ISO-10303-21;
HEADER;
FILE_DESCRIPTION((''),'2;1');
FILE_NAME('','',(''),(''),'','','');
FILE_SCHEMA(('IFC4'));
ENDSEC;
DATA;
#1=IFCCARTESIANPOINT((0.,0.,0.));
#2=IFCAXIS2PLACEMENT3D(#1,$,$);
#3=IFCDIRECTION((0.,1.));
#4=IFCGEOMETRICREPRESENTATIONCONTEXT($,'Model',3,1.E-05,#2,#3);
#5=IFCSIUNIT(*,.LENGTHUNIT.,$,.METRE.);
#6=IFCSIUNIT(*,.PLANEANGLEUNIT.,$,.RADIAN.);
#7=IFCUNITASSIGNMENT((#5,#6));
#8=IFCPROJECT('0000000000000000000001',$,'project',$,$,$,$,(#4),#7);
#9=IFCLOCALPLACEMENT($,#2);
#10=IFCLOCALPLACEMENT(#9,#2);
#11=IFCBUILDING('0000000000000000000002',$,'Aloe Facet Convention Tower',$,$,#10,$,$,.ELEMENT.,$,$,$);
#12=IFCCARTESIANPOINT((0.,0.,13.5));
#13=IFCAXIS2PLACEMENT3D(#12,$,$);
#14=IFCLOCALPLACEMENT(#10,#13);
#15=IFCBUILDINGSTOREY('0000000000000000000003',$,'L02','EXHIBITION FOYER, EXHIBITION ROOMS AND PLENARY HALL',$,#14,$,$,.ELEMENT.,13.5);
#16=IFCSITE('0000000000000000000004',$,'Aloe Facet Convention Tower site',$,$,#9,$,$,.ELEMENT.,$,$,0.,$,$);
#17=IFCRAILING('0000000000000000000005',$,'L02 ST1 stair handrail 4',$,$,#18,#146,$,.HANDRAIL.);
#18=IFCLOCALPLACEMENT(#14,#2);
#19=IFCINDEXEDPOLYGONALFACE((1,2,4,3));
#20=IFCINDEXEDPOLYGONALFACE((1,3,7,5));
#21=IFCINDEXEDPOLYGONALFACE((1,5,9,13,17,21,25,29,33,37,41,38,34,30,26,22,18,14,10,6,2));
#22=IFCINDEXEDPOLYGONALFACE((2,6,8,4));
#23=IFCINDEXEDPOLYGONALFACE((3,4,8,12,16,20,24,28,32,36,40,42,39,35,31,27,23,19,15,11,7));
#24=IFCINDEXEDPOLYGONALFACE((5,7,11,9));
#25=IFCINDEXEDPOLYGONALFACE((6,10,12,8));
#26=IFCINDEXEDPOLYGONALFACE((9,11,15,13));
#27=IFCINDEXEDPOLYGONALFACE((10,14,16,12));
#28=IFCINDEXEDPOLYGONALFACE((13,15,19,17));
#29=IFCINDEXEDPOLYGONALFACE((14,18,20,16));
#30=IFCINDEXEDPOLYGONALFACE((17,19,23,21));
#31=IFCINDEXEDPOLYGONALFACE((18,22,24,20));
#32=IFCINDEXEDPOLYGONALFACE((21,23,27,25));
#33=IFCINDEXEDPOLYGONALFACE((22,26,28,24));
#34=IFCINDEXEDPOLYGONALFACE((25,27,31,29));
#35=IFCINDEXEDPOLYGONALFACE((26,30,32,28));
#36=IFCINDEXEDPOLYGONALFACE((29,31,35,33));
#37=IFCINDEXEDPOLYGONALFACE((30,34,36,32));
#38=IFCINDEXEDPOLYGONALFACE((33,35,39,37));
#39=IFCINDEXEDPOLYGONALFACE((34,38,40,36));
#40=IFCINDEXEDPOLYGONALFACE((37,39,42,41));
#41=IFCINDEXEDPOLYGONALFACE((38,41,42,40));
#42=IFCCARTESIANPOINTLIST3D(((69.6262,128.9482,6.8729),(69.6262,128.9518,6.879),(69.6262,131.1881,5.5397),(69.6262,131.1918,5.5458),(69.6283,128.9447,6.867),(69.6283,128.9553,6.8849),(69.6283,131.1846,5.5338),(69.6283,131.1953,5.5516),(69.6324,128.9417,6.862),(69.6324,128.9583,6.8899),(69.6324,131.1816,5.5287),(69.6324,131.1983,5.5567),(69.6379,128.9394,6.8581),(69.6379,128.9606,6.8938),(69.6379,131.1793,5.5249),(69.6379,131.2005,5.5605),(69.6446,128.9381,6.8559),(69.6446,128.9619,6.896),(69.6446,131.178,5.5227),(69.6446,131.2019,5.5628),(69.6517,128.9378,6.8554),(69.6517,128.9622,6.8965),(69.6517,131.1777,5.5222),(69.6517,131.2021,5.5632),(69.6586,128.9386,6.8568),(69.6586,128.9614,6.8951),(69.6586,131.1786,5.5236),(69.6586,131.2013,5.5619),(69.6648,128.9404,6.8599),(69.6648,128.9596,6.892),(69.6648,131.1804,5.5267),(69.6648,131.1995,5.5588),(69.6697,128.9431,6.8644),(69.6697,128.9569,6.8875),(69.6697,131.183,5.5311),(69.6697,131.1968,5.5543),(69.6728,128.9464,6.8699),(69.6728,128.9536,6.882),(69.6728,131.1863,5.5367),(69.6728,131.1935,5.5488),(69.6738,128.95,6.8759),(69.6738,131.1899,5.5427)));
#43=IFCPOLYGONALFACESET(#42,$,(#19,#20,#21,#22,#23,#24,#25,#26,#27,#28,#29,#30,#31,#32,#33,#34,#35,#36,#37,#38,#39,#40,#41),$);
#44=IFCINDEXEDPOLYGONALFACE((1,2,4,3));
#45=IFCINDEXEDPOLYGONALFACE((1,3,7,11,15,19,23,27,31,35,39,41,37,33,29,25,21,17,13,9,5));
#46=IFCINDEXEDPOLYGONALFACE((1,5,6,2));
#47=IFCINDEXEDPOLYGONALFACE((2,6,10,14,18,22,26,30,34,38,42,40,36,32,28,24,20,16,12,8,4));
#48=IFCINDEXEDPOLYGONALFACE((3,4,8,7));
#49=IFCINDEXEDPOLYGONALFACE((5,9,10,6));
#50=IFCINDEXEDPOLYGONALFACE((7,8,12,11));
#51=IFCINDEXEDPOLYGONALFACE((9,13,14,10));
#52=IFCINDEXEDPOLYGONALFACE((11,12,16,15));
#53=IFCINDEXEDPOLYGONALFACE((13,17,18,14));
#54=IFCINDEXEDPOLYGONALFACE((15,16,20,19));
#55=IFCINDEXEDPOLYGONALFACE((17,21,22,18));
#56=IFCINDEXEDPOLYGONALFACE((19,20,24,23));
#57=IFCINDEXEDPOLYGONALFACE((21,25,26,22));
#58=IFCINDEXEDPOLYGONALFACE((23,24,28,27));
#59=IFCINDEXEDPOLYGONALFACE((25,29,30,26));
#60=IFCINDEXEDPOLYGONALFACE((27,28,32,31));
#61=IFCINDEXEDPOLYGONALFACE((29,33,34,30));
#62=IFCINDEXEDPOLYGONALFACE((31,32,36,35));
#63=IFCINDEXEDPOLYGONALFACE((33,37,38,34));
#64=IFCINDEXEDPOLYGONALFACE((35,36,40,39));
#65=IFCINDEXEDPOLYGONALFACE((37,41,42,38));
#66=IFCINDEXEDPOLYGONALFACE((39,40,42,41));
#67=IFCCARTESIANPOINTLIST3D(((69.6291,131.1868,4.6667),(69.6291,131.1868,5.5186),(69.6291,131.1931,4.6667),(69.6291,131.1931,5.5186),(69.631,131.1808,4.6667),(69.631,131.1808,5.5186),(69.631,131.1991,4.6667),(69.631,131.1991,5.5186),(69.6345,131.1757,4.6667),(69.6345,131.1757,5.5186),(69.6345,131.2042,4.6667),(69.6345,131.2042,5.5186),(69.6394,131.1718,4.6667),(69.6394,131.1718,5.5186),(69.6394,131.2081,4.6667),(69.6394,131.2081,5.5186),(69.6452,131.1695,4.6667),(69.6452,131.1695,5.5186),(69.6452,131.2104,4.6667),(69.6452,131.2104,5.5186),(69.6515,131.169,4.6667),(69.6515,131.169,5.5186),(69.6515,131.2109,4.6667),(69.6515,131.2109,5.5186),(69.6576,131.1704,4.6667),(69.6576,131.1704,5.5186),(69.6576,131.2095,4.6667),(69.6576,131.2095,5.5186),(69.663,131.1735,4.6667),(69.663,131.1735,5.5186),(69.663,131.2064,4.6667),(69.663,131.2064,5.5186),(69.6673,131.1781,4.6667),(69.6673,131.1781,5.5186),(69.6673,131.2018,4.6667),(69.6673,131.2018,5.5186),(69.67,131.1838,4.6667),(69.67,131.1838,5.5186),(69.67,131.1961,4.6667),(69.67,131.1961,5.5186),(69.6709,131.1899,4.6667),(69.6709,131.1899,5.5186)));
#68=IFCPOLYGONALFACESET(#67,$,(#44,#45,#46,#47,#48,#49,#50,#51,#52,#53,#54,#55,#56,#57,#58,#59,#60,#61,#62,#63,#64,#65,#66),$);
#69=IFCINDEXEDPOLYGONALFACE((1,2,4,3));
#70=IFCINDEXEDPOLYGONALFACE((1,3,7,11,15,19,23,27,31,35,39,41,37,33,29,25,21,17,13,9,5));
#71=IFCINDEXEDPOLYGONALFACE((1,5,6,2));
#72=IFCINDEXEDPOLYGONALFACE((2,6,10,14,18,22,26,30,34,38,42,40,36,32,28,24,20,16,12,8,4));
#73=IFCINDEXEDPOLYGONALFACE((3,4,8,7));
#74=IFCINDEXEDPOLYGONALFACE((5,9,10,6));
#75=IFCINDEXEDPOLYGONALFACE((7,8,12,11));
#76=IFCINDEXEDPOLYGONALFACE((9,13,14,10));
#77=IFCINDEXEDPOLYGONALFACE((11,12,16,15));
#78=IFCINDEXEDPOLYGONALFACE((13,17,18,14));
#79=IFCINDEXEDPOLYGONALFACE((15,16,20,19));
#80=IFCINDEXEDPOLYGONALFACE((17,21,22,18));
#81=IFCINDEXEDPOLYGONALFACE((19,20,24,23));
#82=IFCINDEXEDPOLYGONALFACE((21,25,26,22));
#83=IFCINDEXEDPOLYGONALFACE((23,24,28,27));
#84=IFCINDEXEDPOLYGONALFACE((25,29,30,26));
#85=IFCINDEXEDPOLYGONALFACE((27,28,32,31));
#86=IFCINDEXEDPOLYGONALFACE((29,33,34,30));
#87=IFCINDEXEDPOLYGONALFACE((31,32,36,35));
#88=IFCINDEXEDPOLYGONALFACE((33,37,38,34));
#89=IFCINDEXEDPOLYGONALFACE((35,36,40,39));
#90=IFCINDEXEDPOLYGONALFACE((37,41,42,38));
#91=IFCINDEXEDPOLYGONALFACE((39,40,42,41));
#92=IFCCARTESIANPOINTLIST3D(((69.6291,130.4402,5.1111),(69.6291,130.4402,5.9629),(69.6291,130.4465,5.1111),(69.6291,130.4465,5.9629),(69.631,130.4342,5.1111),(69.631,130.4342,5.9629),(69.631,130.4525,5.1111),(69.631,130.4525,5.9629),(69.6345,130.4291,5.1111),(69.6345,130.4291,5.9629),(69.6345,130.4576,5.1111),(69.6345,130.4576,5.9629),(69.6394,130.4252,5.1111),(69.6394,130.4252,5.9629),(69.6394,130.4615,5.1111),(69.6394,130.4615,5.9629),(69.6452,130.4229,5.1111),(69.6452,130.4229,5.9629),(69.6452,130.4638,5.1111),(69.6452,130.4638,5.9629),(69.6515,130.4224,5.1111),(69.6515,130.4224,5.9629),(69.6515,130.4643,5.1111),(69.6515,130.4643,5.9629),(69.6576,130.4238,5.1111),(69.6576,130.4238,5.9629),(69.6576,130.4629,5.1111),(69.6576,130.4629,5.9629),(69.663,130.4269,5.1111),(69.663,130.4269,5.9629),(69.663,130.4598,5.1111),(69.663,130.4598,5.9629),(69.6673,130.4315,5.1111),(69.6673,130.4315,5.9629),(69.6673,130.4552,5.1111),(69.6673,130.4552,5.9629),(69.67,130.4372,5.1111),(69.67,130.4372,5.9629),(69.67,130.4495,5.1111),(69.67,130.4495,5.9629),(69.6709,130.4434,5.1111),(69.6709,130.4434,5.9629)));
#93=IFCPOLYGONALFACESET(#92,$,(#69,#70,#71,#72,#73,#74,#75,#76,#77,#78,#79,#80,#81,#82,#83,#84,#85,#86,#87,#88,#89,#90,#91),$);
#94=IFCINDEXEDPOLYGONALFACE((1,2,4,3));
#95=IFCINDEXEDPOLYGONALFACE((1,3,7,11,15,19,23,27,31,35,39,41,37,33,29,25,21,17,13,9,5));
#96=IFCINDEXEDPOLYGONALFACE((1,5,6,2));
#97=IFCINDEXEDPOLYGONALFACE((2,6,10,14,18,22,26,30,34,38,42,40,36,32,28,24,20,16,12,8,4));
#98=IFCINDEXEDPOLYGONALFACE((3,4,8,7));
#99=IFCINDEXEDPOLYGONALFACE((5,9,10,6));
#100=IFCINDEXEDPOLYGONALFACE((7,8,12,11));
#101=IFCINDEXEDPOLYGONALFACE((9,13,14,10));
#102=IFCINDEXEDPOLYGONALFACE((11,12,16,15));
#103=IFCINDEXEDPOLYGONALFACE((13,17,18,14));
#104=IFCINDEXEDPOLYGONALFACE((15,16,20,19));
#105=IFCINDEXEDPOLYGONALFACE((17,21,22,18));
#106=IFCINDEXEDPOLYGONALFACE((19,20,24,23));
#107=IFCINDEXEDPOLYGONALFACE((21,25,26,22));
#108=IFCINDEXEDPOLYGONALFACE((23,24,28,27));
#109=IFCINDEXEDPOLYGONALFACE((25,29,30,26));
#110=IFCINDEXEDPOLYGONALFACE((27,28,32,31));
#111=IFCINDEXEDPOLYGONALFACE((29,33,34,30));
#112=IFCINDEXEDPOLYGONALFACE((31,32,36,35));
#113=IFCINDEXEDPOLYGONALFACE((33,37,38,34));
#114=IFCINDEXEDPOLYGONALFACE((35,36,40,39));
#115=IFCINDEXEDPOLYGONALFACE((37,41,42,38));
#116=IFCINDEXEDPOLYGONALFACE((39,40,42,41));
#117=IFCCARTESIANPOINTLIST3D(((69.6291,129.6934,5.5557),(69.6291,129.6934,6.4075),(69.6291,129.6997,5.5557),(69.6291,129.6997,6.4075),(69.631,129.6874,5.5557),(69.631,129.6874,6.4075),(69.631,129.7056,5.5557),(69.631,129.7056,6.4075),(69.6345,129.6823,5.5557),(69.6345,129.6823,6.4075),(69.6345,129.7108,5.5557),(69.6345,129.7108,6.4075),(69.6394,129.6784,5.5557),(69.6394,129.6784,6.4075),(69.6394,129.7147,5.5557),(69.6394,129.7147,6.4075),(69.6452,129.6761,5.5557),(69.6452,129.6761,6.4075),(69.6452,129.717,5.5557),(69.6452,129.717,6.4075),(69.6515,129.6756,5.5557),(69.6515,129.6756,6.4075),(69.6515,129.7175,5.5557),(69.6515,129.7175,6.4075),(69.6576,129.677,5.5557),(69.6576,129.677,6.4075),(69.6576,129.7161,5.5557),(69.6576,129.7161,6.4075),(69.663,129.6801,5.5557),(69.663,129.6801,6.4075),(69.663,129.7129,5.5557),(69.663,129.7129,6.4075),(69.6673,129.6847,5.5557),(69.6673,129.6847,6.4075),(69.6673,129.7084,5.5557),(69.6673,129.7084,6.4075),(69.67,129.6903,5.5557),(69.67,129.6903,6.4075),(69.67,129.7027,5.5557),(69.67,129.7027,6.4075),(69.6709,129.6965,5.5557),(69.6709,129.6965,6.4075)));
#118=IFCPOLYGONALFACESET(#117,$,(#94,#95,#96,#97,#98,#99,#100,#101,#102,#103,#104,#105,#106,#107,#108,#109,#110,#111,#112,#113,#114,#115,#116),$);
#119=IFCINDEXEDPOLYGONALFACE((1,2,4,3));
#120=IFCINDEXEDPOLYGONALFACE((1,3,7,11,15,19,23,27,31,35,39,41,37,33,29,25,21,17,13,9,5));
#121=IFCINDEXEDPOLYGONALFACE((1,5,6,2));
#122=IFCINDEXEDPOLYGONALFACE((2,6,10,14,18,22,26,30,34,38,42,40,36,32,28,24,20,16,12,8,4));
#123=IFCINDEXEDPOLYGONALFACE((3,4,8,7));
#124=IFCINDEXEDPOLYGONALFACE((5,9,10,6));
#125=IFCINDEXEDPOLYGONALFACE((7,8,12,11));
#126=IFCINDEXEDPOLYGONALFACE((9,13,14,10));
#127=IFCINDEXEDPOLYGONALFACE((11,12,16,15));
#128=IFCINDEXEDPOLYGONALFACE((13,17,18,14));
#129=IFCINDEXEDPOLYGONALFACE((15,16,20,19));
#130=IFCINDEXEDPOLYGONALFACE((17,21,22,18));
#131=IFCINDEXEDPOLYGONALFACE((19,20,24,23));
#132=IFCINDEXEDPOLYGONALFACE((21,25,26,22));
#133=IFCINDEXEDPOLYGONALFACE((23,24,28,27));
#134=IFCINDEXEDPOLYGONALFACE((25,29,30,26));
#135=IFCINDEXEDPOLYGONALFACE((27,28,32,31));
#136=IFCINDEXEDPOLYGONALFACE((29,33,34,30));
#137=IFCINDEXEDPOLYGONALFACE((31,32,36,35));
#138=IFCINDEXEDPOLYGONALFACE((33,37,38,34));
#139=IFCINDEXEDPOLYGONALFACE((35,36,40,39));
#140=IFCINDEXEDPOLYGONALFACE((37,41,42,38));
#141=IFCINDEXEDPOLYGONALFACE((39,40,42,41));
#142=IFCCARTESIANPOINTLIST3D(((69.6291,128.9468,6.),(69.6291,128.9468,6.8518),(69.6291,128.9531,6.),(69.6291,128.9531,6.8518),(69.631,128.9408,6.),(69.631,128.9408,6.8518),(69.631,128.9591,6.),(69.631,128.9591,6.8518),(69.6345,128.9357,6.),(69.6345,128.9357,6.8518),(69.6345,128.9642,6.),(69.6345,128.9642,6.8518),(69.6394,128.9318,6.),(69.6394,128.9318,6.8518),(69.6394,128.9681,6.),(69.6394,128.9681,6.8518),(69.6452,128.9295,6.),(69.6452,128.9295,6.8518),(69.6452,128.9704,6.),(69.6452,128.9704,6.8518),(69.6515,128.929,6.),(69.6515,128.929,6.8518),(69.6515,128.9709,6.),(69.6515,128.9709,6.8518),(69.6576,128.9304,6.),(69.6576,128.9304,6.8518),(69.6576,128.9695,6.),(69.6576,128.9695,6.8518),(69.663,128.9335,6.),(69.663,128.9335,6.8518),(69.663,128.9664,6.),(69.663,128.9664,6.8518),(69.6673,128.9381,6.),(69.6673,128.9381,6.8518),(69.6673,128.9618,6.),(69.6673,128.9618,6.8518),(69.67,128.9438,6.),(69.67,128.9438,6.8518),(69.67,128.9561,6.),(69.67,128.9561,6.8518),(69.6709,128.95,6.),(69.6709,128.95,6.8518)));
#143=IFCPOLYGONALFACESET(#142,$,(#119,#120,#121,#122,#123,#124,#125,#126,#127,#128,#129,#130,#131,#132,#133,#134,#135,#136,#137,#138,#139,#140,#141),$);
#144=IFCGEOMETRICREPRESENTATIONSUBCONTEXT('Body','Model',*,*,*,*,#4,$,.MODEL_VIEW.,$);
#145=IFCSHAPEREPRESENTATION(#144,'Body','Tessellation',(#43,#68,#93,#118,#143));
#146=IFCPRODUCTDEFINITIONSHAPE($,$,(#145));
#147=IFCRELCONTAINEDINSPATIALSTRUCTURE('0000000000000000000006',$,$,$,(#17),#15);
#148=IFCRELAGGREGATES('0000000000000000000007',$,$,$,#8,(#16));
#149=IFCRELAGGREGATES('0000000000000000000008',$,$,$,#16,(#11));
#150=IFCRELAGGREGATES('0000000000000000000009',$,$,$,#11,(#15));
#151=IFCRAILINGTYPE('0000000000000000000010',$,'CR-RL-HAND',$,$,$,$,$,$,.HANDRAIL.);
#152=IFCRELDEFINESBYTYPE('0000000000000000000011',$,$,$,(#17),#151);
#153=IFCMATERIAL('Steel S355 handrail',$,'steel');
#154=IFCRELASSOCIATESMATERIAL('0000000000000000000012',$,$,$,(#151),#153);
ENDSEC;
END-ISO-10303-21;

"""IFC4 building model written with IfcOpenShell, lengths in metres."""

from ifc_helpers import new_model, si_unit, direction, frame, origin, origin_2d, place, context, subcontext, project, spatial, circle, extrude, material, type_object, element, save


model = new_model("IFC4")

# Units and contexts
model_context = context("Model", 3, precision=1e-05, world=origin(), true_north=direction((0.0, 1.0)))
body_context = subcontext(model_context, "Body", "Model", "MODEL_VIEW")
ifc_project = project(units=[si_unit("LENGTHUNIT", "METRE"), si_unit("PLANEANGLEUNIT", "RADIAN")], contexts=[model_context])

# Site, building, storey
site_placement = place(None, origin())
site = spatial("IfcSite", under=ifc_project, at=site_placement, Name="Aloe Facet Convention Tower site", CompositionType="ELEMENT", RefElevation=0.0)
building_placement = place(site_placement, origin())
building = spatial("IfcBuilding", under=site, at=building_placement, Name="Aloe Facet Convention Tower", CompositionType="ELEMENT")
storey_placement = place(building_placement, frame((0.0, 0.0, 13.5)))
storey = spatial("IfcBuildingStorey", under=building, at=storey_placement, Name="L02", Description="EXHIBITION FOYER, EXHIBITION ROOMS AND PLENARY HALL", CompositionType="ELEMENT", Elevation=13.5)

# Railing
ifc_material_1 = material(Name="Steel S355 handrail", Category="steel")
railing_type_1 = type_object("IfcRailingType", Name="CR-RL-HAND", PredefinedType="HANDRAIL", material=ifc_material_1)
for number, where, name in (
    (1, (69.6499, 131.1899, 4.6667), "L02 ST1 stair handrail 4"),
):
    element("IfcRailing", number, at=place(storey_placement, frame(where)), inside=storey, type_object=railing_type_1, Name=name, PredefinedType="HANDRAIL", context=body_context, shape_type="SweptSolid", body=[
        extrude(circle(Radius=0.0239, at=origin_2d()), frame((0.0, 0.0, 0.876), z_axis=(0.0, -0.859306, 0.511462), x_axis=(1.0, 0.0, 0.0)), (0.0, 0.0, 1.0), 2.6067),
        extrude(circle(Radius=0.021, at=origin_2d()), origin(), (0.0, 0.0, 1.0), 0.8518),
        extrude(circle(Radius=0.021, at=origin_2d()), frame((0.0, -0.7466, 0.4443)), (0.0, 0.0, 1.0), 0.8518),
        extrude(circle(Radius=0.021, at=origin_2d()), frame((0.0, -1.4934, 0.8889)), (0.0, 0.0, 1.0), 0.8518),
        extrude(circle(Radius=0.021, at=origin_2d()), frame((0.0, -2.24, 1.3333)), (0.0, 0.0, 1.0), 0.8518),
    ])

save(model, "model.ifc")
